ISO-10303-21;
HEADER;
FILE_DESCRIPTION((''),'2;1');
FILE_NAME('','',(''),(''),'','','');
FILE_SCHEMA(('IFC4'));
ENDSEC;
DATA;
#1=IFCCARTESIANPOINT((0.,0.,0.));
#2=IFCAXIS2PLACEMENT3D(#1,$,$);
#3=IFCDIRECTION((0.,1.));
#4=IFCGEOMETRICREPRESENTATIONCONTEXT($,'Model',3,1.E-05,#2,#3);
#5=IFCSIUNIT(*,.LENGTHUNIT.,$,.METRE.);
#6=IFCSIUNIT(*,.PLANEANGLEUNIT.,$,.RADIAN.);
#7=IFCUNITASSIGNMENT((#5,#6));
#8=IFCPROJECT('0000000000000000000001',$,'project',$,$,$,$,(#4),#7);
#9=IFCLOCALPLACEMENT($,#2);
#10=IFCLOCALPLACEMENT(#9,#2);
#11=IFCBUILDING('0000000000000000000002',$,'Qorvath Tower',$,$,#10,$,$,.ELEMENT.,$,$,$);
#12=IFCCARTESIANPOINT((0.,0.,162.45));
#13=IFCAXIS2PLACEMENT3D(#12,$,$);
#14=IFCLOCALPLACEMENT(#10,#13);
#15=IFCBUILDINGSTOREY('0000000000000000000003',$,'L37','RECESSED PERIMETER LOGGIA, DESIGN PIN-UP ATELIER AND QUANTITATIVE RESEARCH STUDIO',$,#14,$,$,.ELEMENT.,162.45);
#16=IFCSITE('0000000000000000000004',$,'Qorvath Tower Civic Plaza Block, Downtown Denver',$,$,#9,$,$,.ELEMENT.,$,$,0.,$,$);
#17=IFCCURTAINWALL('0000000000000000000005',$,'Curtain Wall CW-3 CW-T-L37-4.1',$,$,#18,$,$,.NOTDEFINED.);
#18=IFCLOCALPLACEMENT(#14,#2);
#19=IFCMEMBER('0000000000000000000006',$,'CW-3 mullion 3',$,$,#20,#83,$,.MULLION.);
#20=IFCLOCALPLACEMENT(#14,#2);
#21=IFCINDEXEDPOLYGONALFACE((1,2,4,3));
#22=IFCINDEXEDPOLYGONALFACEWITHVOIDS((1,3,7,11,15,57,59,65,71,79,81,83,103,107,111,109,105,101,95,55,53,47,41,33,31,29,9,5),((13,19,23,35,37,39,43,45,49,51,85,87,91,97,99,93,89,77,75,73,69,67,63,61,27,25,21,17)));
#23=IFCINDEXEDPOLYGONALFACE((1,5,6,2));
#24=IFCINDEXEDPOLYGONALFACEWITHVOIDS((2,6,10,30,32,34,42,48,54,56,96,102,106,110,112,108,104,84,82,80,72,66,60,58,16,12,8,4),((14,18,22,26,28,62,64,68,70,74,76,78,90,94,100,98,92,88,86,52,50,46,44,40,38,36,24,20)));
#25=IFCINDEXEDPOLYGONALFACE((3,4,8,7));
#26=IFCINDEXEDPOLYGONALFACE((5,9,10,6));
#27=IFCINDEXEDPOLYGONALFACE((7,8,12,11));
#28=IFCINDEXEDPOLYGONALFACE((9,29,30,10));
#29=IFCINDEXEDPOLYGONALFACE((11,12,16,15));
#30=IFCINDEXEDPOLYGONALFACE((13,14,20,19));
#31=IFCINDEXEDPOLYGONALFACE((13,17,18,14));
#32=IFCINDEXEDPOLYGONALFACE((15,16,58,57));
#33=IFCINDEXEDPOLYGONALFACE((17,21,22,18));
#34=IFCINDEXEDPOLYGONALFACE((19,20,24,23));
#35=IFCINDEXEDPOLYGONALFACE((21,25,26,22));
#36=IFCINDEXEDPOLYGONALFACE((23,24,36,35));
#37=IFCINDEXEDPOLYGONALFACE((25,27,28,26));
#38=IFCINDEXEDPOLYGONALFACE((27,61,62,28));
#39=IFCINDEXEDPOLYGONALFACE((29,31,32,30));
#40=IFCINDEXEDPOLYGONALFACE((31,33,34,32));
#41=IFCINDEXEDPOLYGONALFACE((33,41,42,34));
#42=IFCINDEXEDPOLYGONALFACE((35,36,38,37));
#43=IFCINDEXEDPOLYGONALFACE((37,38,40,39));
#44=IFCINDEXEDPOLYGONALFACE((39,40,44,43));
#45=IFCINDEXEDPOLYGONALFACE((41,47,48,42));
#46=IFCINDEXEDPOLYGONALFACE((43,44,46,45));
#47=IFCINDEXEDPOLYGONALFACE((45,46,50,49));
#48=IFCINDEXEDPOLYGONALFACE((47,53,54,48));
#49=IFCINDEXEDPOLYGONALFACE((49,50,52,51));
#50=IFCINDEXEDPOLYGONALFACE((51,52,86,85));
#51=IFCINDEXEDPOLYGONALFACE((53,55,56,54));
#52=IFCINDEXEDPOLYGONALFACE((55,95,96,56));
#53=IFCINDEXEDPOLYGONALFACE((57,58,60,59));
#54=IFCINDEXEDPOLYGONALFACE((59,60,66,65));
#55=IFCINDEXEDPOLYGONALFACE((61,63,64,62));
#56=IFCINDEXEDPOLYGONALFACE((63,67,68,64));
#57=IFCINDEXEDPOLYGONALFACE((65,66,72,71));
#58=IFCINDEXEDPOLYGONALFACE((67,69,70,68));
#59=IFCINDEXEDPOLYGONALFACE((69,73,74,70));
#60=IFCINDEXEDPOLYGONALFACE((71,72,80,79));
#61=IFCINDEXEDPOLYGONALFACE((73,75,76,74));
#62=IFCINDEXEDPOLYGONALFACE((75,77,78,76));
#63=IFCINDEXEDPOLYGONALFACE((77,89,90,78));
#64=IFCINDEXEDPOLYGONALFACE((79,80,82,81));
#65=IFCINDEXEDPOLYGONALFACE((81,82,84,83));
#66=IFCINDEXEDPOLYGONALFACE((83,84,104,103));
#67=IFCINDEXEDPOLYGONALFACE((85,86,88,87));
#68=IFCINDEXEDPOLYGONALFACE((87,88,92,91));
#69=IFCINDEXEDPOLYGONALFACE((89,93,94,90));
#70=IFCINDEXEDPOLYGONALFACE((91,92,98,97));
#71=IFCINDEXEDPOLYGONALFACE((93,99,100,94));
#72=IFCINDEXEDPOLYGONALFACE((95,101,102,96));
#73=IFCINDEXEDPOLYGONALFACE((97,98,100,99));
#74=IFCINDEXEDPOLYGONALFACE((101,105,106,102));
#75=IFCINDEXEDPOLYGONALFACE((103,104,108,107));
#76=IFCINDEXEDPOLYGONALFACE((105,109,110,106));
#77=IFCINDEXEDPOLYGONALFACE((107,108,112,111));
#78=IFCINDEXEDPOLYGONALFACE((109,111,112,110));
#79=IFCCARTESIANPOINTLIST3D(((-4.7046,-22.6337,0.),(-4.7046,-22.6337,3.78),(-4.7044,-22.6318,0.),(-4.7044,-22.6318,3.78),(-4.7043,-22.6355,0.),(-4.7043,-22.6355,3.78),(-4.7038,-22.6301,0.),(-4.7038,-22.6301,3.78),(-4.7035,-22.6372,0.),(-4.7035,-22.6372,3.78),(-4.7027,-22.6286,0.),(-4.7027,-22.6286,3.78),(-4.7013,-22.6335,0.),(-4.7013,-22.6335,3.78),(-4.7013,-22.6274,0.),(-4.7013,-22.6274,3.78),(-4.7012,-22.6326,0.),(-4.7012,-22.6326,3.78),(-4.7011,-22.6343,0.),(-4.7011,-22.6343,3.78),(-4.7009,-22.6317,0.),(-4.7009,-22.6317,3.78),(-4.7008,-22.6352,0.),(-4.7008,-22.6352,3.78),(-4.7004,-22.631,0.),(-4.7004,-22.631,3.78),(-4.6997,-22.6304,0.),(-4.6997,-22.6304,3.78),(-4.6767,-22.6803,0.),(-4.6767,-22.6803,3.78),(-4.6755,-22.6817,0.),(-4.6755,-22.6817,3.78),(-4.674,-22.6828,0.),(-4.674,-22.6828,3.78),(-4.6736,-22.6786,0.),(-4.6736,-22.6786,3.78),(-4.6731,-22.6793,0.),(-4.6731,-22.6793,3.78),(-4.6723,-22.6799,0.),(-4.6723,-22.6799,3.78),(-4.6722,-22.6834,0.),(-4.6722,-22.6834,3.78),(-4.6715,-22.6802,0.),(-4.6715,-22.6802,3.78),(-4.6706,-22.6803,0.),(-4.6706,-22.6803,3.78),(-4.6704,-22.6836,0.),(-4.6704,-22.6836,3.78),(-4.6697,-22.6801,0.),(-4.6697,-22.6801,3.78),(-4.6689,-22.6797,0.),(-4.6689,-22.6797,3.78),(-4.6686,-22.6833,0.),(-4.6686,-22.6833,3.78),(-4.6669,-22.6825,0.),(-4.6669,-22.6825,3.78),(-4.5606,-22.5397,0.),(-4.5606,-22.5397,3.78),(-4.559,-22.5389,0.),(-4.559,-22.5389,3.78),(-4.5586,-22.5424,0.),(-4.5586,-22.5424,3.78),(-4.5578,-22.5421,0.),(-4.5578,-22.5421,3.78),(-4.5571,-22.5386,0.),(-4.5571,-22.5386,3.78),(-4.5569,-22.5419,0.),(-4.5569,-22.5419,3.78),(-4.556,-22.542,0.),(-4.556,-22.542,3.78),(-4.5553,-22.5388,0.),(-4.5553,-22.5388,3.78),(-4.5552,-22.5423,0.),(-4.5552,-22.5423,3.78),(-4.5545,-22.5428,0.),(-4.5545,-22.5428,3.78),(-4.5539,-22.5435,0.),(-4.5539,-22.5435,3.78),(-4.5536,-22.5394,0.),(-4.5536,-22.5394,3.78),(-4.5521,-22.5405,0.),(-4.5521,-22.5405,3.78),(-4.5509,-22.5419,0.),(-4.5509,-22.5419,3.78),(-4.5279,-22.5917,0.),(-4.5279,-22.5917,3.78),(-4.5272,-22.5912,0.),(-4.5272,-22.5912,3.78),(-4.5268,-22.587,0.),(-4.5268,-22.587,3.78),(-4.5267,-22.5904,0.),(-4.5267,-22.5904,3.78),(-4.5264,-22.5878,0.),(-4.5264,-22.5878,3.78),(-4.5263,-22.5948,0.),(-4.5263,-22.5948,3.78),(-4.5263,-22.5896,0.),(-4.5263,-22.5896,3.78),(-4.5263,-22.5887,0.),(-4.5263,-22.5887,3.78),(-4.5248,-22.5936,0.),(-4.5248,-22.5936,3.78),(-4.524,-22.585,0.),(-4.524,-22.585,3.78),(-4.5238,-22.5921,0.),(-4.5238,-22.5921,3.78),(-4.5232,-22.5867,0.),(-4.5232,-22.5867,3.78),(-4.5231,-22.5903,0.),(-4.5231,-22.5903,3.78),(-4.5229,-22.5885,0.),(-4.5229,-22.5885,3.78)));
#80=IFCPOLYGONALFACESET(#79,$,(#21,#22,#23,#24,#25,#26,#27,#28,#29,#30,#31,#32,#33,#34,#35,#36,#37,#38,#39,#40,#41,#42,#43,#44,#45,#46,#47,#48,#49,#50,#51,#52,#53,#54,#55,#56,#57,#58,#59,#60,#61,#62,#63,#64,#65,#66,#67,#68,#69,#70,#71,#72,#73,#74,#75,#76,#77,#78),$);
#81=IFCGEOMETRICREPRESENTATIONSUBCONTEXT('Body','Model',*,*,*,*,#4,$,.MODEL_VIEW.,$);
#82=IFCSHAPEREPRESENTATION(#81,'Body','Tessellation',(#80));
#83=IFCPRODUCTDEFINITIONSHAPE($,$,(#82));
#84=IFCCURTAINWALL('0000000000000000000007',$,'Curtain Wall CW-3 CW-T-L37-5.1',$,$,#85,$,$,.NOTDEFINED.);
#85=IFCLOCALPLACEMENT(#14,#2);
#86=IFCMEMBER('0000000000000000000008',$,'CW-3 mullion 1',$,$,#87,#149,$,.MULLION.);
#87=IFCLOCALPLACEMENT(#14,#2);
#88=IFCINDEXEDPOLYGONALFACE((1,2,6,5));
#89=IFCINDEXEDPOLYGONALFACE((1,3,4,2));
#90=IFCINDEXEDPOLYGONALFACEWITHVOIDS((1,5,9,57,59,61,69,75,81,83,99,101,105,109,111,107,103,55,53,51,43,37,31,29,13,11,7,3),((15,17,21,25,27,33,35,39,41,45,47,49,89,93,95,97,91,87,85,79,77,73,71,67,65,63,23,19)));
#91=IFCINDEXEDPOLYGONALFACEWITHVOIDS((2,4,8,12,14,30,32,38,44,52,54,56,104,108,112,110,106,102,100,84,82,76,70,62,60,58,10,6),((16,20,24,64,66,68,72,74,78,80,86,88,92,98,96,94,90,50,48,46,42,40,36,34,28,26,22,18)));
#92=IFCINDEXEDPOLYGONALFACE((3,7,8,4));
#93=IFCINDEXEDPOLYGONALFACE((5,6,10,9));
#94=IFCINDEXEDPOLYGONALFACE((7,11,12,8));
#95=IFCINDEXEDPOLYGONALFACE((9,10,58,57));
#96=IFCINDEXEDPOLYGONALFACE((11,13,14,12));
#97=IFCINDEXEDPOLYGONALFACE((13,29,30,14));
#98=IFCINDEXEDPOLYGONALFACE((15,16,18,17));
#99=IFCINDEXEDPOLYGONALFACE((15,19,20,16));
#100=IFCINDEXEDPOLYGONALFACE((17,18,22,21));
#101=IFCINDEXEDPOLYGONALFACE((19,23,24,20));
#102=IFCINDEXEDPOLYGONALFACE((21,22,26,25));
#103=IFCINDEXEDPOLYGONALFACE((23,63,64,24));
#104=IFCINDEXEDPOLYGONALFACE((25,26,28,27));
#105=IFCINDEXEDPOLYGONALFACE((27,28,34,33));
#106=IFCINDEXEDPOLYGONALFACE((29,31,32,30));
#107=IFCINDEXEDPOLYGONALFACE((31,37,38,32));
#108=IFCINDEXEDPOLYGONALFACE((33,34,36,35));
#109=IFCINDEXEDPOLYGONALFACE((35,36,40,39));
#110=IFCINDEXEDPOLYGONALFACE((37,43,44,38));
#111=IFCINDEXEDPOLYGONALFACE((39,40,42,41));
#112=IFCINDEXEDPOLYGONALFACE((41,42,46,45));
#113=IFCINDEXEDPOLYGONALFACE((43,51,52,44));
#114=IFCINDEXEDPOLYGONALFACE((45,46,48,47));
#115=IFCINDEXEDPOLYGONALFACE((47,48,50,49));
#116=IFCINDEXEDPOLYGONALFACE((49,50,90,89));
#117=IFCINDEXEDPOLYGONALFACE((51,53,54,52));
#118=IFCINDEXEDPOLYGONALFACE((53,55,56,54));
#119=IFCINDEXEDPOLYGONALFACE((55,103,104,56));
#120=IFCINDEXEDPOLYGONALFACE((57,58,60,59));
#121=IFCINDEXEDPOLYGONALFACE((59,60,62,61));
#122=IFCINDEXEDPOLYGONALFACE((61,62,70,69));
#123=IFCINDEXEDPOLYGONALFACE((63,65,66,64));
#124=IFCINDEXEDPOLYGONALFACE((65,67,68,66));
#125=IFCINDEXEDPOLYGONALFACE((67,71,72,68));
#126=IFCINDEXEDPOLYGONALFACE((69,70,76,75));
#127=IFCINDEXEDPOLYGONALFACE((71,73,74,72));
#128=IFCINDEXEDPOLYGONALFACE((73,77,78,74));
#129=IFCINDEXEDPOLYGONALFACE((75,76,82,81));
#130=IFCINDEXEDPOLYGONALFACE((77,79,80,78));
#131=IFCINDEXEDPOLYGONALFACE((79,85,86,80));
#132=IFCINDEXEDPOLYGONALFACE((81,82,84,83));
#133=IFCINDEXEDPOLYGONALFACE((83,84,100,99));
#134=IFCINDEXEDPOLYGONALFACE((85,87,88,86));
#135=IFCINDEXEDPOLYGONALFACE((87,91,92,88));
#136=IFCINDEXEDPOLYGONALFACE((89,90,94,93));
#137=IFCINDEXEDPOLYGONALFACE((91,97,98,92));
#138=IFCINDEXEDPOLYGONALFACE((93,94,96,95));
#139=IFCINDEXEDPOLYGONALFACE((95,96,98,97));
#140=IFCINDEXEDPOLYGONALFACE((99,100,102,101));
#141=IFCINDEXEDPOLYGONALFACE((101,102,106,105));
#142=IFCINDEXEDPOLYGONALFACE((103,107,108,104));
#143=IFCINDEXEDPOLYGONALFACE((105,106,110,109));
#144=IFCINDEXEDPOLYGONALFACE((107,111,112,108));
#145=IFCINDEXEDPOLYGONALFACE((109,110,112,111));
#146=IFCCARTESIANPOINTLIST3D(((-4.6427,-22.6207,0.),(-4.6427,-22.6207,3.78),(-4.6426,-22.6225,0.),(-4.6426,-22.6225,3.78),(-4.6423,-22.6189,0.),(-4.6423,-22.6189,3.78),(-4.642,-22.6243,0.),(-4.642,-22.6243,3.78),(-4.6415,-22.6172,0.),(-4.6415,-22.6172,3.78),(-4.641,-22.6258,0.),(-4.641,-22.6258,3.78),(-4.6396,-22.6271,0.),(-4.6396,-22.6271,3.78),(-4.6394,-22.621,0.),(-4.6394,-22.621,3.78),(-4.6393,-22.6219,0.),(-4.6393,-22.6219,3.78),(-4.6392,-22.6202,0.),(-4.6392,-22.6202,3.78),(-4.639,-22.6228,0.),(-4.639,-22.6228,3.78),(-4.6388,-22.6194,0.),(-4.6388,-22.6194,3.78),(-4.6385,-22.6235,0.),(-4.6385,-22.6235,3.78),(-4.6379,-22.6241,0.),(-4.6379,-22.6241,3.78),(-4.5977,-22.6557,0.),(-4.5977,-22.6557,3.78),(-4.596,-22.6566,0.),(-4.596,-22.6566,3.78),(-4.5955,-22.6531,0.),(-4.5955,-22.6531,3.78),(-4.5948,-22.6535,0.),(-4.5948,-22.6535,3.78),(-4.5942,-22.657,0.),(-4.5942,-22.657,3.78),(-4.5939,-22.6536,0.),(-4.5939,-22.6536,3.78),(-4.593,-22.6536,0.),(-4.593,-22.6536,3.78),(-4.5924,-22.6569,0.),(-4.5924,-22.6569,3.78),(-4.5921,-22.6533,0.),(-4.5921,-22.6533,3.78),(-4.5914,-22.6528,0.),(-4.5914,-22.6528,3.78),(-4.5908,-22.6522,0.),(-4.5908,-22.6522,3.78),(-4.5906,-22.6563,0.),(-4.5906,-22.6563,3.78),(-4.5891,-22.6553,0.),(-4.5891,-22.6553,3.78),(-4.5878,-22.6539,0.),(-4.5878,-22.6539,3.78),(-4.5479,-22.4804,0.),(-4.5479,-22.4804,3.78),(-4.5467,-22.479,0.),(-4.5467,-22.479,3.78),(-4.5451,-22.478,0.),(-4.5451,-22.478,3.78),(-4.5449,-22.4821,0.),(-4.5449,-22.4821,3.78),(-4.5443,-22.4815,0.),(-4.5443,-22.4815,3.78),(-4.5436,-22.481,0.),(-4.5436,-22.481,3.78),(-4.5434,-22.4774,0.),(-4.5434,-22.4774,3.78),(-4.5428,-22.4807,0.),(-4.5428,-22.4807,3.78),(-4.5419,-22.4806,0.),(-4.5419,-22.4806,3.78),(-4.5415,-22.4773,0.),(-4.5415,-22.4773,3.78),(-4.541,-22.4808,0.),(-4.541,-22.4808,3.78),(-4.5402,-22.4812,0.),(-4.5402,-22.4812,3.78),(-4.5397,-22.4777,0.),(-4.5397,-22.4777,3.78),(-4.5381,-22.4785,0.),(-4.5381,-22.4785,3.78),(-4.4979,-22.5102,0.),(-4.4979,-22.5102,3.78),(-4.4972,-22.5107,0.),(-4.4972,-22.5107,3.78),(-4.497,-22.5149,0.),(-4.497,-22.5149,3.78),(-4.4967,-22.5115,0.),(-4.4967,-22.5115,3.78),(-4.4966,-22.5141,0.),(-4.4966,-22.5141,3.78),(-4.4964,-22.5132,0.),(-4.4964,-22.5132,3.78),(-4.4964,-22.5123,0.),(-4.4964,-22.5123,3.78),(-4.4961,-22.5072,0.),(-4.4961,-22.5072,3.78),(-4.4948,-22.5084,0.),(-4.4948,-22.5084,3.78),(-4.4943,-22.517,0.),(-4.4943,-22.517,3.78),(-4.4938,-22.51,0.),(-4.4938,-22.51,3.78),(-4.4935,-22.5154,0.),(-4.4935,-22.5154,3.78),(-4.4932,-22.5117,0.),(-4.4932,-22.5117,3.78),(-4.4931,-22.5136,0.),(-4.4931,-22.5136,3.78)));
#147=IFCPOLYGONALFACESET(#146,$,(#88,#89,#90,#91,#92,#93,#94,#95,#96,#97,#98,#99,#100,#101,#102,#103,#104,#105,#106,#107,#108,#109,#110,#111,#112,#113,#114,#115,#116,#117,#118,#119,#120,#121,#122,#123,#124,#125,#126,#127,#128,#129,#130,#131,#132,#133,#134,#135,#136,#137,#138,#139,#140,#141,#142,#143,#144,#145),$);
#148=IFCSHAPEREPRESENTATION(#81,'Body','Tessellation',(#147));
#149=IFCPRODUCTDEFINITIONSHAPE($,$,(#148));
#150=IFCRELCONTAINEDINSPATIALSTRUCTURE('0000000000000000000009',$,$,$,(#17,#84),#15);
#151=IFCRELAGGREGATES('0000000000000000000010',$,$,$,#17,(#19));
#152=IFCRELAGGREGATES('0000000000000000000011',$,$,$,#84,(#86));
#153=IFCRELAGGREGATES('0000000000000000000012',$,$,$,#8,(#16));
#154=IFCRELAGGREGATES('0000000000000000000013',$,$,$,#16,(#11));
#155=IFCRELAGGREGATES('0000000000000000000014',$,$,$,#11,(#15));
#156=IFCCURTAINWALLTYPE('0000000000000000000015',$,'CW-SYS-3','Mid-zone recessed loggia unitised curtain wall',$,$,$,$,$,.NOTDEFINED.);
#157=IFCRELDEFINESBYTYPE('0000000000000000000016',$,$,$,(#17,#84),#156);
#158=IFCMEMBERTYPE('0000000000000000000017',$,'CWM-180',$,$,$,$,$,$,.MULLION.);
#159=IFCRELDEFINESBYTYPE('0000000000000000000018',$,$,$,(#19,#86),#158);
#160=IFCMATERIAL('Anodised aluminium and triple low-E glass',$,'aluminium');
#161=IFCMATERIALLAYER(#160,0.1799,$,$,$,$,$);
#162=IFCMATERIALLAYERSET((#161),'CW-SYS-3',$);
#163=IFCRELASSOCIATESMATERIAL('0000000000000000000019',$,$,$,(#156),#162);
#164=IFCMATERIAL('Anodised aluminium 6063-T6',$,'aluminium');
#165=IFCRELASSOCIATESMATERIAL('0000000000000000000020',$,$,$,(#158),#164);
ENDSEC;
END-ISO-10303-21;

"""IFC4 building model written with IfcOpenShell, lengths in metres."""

from ifc_helpers import new_model, si_unit, direction, frame, origin, origin_2d, place, context, subcontext, project, spatial, hollow_rectangle, extrude, material, layer, layer_set, material_profile, profile_set, type_object, element, aggregate, save


model = new_model("IFC4")

# Units and contexts
model_context = context("Model", 3, precision=1e-05, world=origin(), true_north=direction((0.0, 1.0)))
body_context = subcontext(model_context, "Body", "Model", "MODEL_VIEW")
ifc_project = project(units=[si_unit("LENGTHUNIT", "METRE"), si_unit("PLANEANGLEUNIT", "RADIAN")], contexts=[model_context])

# Site, building, storey
site_placement = place(None, origin())
site = spatial("IfcSite", under=ifc_project, at=site_placement, Name="Qorvath Tower Civic Plaza Block, Downtown Denver", CompositionType="ELEMENT", RefElevation=0.0)
building_placement = place(site_placement, origin())
building = spatial("IfcBuilding", under=site, at=building_placement, Name="Qorvath Tower", CompositionType="ELEMENT")
storey_placement = place(building_placement, frame((0.0, 0.0, 162.45)))
storey = spatial("IfcBuildingStorey", under=building, at=storey_placement, Name="L37", Description="RECESSED PERIMETER LOGGIA, DESIGN PIN-UP ATELIER AND QUANTITATIVE RESEARCH STUDIO", CompositionType="ELEMENT", Elevation=162.45)

# Curtain wall, member
ifc_material_1 = material(Name="Anodised aluminium and triple low-E glass", Category="aluminium")
ifc_layer_1 = layer(ifc_material_1, 0.1799)
ifc_layer_set_1 = layer_set([ifc_layer_1], Name="CW-SYS-3")
curtain_wall_type = type_object("IfcCurtainWallType", Name="CW-SYS-3", Description="Mid-zone recessed loggia unitised curtain wall", PredefinedType="NOTDEFINED", material=ifc_layer_set_1)
curtain_wall_1_placement = place(storey_placement, origin())
curtain_wall_1 = element("IfcCurtainWall", 1, at=curtain_wall_1_placement, inside=storey, type_object=curtain_wall_type, Name="Curtain Wall CW-3 CW-T-L37-4.1", PredefinedType="NOTDEFINED")
ifc_material_2 = material(Name="Anodised aluminium 6063-T6", Category="aluminium")
ifc_material_profile_1 = material_profile(ifc_material_2, hollow_rectangle(XDim=0.0649, YDim=0.1799, WallThickness=0.0034, InnerFilletRadius=0.0034, OuterFilletRadius=0.0071, at=origin_2d()), Name="CWM 180x65")
ifc_profile_set_1 = profile_set([ifc_material_profile_1], Name="Anodised aluminium 6063-T6")
member_type_1 = type_object("IfcMemberType", Name="CWM-180", PredefinedType="MULLION", material=ifc_profile_set_1)
member_1_placement = place(storey_placement, frame((-4.6138, -22.6111, 0.0), z_axis=(0.0, 0.0, 1.0), x_axis=(-0.529384, 0.848382, 0.0)))
member_1 = element("IfcMember", 2, at=member_1_placement, type_object=member_type_1, Name="CW-3 mullion 3", PredefinedType="MULLION", context=body_context, shape_type="SweptSolid", body=[
    extrude(hollow_rectangle(XDim=0.0649, YDim=0.1799, WallThickness=0.0034, InnerFilletRadius=0.0034, OuterFilletRadius=0.0071, at=origin_2d()), origin(), (0.0, 0.0, 1.0), 3.78),
])

# Curtain wall, member
curtain_wall_2_placement = place(storey_placement, origin())
curtain_wall_2 = element("IfcCurtainWall", 3, at=curtain_wall_2_placement, inside=storey, type_object=curtain_wall_type, Name="Curtain Wall CW-3 CW-T-L37-5.1", PredefinedType="NOTDEFINED")
member_2_placement = place(storey_placement, frame((-4.5679, -22.5671, 0.0), z_axis=(0.0, 0.0, 1.0), x_axis=(-0.82556, 0.564314, 0.0)))
member_2 = element("IfcMember", 4, at=member_2_placement, type_object=member_type_1, Name="CW-3 mullion 1", PredefinedType="MULLION", context=body_context, shape_type="SweptSolid", body=[
    extrude(hollow_rectangle(XDim=0.0649, YDim=0.1799, WallThickness=0.0034, InnerFilletRadius=0.0034, OuterFilletRadius=0.0071, at=origin_2d()), origin(), (0.0, 0.0, 1.0), 3.78),
])

aggregate(curtain_wall_1, [member_1])
aggregate(curtain_wall_2, [member_2])

save(model, "model.ifc")
